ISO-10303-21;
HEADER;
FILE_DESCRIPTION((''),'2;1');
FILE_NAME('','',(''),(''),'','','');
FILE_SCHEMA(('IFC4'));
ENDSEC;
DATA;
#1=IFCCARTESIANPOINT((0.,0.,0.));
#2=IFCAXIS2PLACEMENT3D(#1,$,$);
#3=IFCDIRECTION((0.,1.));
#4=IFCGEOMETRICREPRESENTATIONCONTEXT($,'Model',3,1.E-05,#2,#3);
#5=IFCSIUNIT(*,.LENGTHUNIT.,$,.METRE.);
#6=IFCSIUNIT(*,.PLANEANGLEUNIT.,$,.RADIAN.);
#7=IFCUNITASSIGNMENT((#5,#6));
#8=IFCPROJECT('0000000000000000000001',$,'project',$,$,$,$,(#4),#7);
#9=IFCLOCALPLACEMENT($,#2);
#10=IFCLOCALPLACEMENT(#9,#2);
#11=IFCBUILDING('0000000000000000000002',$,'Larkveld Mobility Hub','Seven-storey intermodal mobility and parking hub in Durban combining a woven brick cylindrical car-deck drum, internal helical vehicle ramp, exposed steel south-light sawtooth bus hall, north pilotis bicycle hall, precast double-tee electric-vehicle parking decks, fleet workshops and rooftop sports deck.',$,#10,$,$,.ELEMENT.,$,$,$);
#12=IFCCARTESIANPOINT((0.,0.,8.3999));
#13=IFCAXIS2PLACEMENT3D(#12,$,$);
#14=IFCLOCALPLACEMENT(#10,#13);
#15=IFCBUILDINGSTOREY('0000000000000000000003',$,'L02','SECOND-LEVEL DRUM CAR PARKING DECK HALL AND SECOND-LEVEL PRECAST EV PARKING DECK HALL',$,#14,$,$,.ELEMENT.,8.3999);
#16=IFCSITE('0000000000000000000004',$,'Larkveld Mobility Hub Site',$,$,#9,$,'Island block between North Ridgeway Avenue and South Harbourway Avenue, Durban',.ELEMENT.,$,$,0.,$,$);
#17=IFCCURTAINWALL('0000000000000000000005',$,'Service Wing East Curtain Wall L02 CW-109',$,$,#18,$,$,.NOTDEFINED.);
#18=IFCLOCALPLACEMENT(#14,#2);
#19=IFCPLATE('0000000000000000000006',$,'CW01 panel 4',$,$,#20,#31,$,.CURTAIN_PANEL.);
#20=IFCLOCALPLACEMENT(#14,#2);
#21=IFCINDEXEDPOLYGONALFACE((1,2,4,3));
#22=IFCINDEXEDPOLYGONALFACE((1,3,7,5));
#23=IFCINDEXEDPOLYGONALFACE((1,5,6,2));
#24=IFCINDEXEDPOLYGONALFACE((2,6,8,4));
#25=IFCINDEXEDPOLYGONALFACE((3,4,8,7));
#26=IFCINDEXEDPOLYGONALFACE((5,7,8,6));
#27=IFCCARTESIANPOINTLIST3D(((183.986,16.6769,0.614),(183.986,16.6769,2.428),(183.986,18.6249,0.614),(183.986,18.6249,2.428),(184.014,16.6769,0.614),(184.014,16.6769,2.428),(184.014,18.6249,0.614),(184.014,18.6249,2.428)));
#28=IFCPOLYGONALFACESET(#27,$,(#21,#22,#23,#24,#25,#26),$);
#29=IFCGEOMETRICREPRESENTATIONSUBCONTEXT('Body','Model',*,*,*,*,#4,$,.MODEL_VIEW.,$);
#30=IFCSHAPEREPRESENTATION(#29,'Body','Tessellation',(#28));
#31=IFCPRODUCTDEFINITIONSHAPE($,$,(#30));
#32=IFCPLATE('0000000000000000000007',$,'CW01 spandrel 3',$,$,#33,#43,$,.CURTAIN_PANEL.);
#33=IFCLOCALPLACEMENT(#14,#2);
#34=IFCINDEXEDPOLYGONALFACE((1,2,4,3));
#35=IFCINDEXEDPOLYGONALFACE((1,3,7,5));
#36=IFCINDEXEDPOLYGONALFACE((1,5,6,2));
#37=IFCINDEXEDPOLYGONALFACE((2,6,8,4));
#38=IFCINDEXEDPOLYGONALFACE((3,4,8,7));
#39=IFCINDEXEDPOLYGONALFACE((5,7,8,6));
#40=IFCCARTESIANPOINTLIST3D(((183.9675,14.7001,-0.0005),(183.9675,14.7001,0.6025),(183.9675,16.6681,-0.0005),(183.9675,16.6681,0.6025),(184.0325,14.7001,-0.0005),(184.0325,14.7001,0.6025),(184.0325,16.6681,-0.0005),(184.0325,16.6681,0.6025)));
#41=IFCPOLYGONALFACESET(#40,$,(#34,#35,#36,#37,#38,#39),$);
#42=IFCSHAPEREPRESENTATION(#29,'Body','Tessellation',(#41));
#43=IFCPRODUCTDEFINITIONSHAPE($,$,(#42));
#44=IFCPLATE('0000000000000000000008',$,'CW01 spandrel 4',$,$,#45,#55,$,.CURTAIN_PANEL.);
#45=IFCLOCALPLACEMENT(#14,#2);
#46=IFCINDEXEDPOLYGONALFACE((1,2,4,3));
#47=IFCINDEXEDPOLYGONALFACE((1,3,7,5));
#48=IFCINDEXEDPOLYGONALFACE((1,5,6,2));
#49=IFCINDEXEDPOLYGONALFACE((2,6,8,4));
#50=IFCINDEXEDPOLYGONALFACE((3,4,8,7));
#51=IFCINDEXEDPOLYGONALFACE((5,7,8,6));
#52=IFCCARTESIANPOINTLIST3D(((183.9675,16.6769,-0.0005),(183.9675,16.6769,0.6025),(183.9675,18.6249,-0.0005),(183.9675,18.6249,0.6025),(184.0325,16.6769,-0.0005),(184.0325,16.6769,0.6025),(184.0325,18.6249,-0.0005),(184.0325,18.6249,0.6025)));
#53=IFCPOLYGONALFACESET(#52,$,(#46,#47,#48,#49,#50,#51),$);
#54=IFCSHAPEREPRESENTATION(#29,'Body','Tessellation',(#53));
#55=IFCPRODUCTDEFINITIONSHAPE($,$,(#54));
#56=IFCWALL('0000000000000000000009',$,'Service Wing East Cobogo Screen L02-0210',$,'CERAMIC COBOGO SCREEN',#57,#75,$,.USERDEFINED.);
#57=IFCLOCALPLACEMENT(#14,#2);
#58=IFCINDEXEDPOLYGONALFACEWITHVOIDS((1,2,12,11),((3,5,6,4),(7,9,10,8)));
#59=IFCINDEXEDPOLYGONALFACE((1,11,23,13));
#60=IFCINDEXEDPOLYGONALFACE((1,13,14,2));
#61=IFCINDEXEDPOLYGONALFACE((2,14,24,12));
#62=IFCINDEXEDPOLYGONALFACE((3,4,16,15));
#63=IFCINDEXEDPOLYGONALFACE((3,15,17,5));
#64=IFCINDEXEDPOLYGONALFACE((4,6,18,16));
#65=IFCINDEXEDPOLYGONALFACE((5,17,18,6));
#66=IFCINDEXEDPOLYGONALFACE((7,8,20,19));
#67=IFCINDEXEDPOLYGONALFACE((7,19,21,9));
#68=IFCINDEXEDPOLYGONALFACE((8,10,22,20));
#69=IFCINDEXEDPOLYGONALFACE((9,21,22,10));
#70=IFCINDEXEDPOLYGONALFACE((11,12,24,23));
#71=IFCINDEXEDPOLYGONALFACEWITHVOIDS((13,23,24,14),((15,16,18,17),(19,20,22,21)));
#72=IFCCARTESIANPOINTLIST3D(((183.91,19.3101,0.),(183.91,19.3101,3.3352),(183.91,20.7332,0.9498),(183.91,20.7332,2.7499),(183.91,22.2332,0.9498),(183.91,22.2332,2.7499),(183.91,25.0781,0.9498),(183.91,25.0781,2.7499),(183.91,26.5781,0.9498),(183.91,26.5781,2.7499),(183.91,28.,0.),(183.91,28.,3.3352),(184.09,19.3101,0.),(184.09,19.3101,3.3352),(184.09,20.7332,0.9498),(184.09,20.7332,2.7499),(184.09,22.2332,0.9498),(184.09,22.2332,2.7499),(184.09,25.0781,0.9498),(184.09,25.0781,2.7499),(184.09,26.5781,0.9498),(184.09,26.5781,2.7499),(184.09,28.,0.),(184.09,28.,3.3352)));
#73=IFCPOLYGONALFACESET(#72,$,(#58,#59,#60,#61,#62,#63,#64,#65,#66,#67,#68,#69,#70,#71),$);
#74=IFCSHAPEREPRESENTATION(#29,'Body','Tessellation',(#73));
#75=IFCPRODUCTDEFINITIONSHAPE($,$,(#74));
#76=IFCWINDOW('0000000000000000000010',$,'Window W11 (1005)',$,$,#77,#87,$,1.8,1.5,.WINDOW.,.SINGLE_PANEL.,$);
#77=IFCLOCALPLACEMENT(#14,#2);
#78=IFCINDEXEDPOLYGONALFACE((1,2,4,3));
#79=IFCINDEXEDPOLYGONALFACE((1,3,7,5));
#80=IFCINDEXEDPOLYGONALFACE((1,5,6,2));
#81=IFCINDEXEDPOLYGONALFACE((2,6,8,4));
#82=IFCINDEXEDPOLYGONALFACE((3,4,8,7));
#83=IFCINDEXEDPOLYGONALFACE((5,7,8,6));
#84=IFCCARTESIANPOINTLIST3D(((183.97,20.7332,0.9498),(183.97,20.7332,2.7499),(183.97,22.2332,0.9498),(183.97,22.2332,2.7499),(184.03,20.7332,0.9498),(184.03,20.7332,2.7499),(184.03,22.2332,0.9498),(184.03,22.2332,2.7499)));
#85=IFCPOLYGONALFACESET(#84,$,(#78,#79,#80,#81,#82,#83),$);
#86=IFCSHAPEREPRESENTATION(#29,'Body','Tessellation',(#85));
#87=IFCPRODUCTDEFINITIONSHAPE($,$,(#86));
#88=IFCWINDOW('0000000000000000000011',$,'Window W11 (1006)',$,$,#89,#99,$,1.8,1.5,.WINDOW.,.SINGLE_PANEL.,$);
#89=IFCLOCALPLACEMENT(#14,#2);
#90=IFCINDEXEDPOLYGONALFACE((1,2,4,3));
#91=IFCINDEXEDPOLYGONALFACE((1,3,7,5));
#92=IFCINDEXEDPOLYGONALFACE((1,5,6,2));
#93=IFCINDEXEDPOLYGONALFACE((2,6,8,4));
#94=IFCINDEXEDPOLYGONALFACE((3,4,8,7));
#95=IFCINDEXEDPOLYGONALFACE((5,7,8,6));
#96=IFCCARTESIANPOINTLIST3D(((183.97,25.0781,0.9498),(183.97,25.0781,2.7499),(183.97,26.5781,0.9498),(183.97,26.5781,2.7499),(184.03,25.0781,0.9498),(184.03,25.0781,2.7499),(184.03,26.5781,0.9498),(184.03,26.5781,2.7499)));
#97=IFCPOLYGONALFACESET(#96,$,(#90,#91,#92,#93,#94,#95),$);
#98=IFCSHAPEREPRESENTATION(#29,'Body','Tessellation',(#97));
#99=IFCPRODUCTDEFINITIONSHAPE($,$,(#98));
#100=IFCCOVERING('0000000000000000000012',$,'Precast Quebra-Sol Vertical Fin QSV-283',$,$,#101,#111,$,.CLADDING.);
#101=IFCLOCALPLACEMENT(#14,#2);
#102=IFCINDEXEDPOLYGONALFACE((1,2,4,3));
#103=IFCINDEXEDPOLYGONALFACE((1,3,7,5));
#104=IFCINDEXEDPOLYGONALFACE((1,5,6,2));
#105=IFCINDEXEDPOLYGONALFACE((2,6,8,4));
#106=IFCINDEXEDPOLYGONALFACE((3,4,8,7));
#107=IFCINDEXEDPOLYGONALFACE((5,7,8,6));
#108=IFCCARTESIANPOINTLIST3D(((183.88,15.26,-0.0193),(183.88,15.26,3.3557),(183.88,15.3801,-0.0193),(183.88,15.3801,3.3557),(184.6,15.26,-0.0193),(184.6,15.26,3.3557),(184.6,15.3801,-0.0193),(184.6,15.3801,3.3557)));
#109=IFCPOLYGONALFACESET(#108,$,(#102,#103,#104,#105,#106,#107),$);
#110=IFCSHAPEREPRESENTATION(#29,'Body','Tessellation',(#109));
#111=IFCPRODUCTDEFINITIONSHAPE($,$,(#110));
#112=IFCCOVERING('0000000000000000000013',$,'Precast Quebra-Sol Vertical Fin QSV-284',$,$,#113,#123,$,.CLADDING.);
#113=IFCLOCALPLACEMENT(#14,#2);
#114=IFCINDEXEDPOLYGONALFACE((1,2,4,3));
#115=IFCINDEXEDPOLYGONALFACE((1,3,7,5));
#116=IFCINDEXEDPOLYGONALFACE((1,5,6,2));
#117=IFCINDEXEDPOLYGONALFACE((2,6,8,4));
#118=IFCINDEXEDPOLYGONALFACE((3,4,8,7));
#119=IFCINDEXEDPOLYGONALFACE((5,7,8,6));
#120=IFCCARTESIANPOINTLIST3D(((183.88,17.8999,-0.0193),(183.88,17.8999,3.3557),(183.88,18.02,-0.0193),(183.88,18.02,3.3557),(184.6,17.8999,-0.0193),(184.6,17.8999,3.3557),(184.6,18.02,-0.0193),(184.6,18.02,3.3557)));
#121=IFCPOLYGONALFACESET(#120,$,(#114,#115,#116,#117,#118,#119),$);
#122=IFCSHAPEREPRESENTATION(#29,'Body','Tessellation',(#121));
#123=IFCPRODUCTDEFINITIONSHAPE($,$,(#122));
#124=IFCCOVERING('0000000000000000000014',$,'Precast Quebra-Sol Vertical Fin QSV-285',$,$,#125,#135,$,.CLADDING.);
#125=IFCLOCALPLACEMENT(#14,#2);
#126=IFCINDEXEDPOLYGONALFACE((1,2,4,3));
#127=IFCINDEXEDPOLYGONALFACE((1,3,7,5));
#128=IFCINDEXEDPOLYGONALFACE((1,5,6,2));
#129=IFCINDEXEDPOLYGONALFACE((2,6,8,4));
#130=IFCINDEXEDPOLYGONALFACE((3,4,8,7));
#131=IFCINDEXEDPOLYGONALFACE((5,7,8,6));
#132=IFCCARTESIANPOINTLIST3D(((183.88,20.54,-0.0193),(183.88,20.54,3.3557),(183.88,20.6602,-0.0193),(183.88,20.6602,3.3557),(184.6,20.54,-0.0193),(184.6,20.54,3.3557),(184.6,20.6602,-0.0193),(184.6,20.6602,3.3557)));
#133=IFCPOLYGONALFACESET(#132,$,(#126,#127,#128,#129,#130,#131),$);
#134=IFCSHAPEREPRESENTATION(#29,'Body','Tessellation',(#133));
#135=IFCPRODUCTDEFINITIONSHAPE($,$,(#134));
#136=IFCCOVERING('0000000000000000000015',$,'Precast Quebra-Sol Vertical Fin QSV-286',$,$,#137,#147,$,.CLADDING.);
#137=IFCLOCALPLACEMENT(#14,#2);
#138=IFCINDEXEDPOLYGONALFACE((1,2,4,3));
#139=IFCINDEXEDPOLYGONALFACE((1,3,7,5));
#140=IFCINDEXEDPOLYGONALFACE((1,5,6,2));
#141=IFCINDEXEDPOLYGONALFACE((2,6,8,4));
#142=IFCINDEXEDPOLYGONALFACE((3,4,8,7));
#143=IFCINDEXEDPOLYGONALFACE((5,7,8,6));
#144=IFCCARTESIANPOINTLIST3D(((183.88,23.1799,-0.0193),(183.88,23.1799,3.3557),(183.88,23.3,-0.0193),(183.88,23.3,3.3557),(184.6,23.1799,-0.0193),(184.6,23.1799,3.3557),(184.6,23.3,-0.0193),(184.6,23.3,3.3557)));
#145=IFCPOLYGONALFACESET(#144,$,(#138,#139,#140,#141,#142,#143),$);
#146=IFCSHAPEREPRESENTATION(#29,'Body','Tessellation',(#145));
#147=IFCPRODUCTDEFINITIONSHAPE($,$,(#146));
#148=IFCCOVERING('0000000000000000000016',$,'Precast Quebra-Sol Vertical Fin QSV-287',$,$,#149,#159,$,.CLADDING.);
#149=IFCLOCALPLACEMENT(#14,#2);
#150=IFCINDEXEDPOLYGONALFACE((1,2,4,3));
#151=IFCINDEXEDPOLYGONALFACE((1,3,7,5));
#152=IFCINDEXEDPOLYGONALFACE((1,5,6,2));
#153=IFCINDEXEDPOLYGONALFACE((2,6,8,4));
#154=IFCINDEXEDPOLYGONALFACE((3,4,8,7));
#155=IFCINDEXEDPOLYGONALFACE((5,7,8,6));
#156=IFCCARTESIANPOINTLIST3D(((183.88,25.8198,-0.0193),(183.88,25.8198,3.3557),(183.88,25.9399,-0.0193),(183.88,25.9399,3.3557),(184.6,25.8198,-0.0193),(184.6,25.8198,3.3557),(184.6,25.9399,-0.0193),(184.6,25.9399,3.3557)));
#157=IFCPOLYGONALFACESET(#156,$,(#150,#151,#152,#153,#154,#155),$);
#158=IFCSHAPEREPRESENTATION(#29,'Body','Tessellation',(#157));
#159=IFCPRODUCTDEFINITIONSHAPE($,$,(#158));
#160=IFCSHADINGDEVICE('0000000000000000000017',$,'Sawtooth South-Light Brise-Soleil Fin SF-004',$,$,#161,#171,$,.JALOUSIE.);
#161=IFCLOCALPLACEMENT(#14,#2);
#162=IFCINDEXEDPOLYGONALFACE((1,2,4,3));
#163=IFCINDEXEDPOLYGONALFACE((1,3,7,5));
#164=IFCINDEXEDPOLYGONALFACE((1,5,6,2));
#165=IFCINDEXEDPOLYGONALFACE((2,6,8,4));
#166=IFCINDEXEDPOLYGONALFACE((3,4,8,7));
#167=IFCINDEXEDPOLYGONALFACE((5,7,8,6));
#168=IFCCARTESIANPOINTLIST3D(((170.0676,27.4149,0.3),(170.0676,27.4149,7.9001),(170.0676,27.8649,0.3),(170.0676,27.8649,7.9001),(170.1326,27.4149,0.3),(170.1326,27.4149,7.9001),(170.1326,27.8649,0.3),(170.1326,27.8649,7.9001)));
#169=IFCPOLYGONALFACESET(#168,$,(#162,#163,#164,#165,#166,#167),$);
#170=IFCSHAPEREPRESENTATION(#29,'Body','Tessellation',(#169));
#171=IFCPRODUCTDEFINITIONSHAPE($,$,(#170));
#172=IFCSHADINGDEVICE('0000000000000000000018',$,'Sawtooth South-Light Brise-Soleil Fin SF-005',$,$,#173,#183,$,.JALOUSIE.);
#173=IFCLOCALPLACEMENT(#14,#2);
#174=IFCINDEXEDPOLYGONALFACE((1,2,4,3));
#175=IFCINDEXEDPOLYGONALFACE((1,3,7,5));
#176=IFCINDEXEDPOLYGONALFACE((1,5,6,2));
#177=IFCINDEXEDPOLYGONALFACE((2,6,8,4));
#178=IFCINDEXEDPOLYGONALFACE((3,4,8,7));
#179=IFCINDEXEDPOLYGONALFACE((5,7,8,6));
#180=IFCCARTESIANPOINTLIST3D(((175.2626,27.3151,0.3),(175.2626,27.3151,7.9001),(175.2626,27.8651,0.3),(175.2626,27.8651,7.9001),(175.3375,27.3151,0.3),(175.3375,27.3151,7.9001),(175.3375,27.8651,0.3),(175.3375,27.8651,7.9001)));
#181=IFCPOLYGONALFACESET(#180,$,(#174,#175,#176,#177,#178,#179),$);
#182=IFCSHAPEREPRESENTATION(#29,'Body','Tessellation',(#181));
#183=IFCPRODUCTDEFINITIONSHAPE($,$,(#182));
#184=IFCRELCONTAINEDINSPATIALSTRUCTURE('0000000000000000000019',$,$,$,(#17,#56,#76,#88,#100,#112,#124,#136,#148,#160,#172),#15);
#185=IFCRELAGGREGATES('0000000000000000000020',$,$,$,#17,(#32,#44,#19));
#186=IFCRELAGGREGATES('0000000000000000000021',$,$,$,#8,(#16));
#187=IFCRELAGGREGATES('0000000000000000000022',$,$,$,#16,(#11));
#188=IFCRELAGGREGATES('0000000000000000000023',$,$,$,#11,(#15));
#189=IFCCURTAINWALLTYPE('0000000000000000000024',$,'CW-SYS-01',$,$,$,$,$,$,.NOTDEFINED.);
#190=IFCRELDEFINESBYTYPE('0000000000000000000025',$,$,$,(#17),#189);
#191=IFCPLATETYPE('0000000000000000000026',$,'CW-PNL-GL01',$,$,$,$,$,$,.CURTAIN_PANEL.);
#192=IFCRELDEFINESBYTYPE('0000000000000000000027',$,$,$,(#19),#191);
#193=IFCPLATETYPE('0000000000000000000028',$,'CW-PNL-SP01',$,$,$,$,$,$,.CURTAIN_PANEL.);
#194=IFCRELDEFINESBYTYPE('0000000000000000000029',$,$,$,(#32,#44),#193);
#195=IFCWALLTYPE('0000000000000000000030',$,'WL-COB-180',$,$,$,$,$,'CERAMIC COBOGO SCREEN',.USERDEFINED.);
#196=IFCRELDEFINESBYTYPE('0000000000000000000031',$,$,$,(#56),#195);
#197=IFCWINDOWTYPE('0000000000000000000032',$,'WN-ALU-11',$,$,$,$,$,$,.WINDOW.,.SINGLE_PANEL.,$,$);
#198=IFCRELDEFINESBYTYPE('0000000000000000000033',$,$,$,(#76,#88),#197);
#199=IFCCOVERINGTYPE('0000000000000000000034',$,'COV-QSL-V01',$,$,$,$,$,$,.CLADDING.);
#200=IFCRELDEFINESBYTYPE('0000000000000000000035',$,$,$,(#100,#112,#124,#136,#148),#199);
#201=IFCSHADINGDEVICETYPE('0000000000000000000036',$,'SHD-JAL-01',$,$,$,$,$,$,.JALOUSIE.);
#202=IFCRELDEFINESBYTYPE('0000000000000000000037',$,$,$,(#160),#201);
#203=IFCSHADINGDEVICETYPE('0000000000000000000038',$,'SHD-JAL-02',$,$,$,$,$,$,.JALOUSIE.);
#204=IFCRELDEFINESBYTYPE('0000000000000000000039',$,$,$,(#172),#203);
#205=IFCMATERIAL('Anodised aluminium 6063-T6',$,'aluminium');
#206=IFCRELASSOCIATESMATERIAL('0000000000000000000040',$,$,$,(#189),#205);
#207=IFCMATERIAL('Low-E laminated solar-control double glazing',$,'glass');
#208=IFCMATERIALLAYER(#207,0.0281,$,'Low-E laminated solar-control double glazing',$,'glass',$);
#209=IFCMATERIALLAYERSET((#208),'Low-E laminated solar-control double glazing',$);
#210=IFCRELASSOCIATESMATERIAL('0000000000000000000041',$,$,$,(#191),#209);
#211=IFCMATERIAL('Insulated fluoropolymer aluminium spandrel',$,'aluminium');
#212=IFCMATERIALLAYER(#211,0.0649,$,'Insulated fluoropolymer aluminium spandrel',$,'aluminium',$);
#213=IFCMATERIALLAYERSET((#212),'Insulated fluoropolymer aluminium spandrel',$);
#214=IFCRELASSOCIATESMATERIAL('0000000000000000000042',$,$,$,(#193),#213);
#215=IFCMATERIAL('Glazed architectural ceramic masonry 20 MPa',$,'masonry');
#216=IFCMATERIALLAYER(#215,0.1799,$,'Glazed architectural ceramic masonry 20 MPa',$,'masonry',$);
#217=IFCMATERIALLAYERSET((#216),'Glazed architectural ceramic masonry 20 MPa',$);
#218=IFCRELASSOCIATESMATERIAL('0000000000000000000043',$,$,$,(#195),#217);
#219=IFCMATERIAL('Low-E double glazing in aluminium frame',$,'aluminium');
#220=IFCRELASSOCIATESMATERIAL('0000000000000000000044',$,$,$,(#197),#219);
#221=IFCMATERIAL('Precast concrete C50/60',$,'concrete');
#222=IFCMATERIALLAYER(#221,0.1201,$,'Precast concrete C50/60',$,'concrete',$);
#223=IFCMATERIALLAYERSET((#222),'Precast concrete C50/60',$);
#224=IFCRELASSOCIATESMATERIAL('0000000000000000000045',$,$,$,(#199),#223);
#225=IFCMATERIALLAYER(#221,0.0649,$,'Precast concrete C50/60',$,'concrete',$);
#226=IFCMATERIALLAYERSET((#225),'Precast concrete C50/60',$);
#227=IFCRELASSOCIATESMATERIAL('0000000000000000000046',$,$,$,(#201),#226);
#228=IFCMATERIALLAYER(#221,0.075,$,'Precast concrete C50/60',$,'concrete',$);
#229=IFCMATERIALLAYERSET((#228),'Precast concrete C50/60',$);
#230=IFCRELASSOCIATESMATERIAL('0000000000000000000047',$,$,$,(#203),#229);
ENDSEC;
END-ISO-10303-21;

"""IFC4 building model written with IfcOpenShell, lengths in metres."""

from ifc_helpers import new_model, si_unit, direction, frame, frame_2d, origin, origin_2d, place, context, subcontext, project, spatial, rectangle, extrude, material, layer, layer_set, type_object, element, fill, aggregate, save


model = new_model("IFC4")

# Units and contexts
model_context = context("Model", 3, precision=1e-05, world=origin(), true_north=direction((0.0, 1.0)))
body_context = subcontext(model_context, "Body", "Model", "MODEL_VIEW")
ifc_project = project(units=[si_unit("LENGTHUNIT", "METRE"), si_unit("PLANEANGLEUNIT", "RADIAN")], contexts=[model_context])

# Site, building, storey
site_placement = place(None, origin())
site = spatial("IfcSite", under=ifc_project, at=site_placement, Name="Larkveld Mobility Hub Site", LongName="Island block between North Ridgeway Avenue and South Harbourway Avenue, Durban", CompositionType="ELEMENT", RefElevation=0.0)
building_placement = place(site_placement, origin())
building = spatial("IfcBuilding", under=site, at=building_placement, Name="Larkveld Mobility Hub", Description="Seven-storey intermodal mobility and parking hub in Durban combining a woven brick cylindrical car-deck drum, internal helical vehicle ramp, exposed steel south-light sawtooth bus hall, north pilotis bicycle hall, precast double-tee electric-vehicle parking decks, fleet workshops and rooftop sports deck.", CompositionType="ELEMENT")
storey_placement = place(building_placement, frame((0.0, 0.0, 8.3999)))
storey = spatial("IfcBuildingStorey", under=building, at=storey_placement, Name="L02", Description="SECOND-LEVEL DRUM CAR PARKING DECK HALL AND SECOND-LEVEL PRECAST EV PARKING DECK HALL", CompositionType="ELEMENT", Elevation=8.3999)

# Shared definitions
ifc_material_1 = material(Name="Precast concrete C50/60", Category="concrete")

# Curtain wall
ifc_material_2 = material(Name="Anodised aluminium 6063-T6", Category="aluminium")
curtain_wall_type_1 = type_object("IfcCurtainWallType", Name="CW-SYS-01", PredefinedType="NOTDEFINED", material=ifc_material_2)
curtain_wall_1_placement = place(storey_placement, origin())
curtain_wall_1 = element("IfcCurtainWall", 1, at=curtain_wall_1_placement, inside=storey, type_object=curtain_wall_type_1, Name="Service Wing East Curtain Wall L02 CW-109", PredefinedType="NOTDEFINED")

# Plates
ifc_material_3 = material(Name="Low-E laminated solar-control double glazing", Category="glass")
ifc_layer_1 = layer(ifc_material_3, 0.0281, Name="Low-E laminated solar-control double glazing", Category="glass")
ifc_layer_set_1 = layer_set([ifc_layer_1], Name="Low-E laminated solar-control double glazing")
plate_type_1 = type_object("IfcPlateType", Name="CW-PNL-GL01", PredefinedType="CURTAIN_PANEL", material=ifc_layer_set_1)
plate_1_placement = place(storey_placement, frame((184.0, 17.6509, 0.614), z_axis=(0.0, 0.0, 1.0), x_axis=(0.0, 1.0, 0.0)))
plate_1 = element("IfcPlate", 2, at=plate_1_placement, type_object=plate_type_1, Name="CW01 panel 4", PredefinedType="CURTAIN_PANEL", context=body_context, shape_type="SweptSolid", body=[
    extrude(rectangle(XDim=1.948, YDim=0.0281, at=origin_2d()), origin(), (0.0, 0.0, 1.0), 1.814),
])
ifc_material_4 = material(Name="Insulated fluoropolymer aluminium spandrel", Category="aluminium")
ifc_layer_2 = layer(ifc_material_4, 0.0649, Name="Insulated fluoropolymer aluminium spandrel", Category="aluminium")
ifc_layer_set_2 = layer_set([ifc_layer_2], Name="Insulated fluoropolymer aluminium spandrel")
plate_type_2 = type_object("IfcPlateType", Name="CW-PNL-SP01", PredefinedType="CURTAIN_PANEL", material=ifc_layer_set_2)
plate_2_placement = place(storey_placement, frame((184.0, 15.6841, -0.0005), z_axis=(0.0, 0.0, 1.0), x_axis=(0.0, 1.0, 0.0)))
plate_2 = element("IfcPlate", 3, at=plate_2_placement, type_object=plate_type_2, Name="CW01 spandrel 3", PredefinedType="CURTAIN_PANEL", context=body_context, shape_type="SweptSolid", body=[
    extrude(rectangle(XDim=1.968, YDim=0.0649, at=origin_2d()), origin(), (0.0, 0.0, 1.0), 0.603),
])
plate_3_placement = place(storey_placement, frame((184.0, 17.6509, -0.0005), z_axis=(0.0, 0.0, 1.0), x_axis=(0.0, 1.0, 0.0)))
plate_3 = element("IfcPlate", 4, at=plate_3_placement, type_object=plate_type_2, Name="CW01 spandrel 4", PredefinedType="CURTAIN_PANEL", context=body_context, shape_type="SweptSolid", body=[
    extrude(rectangle(XDim=1.948, YDim=0.0649, at=origin_2d()), origin(), (0.0, 0.0, 1.0), 0.603),
])
aggregate(curtain_wall_1, [plate_2, plate_3, plate_1])

# Wall, openings, windows
ifc_material_5 = material(Name="Glazed architectural ceramic masonry 20 MPa", Category="masonry")
ifc_layer_3 = layer(ifc_material_5, 0.1799, Name="Glazed architectural ceramic masonry 20 MPa", Category="masonry")
ifc_layer_set_3 = layer_set([ifc_layer_3], Name="Glazed architectural ceramic masonry 20 MPa")
wall_type = type_object("IfcWallType", Name="WL-COB-180", ElementType="CERAMIC COBOGO SCREEN", PredefinedType="USERDEFINED", material=ifc_layer_set_3)
wall_placement = place(storey_placement, frame((184.0, 19.3101, 0.0), z_axis=(0.0, 0.0, 1.0), x_axis=(0.0, 1.0, 0.0)))
wall = element("IfcWall", 5, at=wall_placement, inside=storey, type_object=wall_type, Name="Service Wing East Cobogo Screen L02-0210", ObjectType="CERAMIC COBOGO SCREEN", PredefinedType="USERDEFINED", context=body_context, shape_type="SweptSolid", body=[
    extrude(rectangle(XDim=8.6899, YDim=0.1799, at=frame_2d((4.345, 0.0))), origin(), (0.0, 0.0, 1.0), 3.3352),
])
opening_1_placement = place(wall_placement, frame((1.4231, 0.0, 0.95)))
opening_1 = element("IfcOpeningElement", 6, at=opening_1_placement, cuts=wall, PredefinedType="OPENING", context=body_context, shape_type="SweptSolid", body=[
    extrude(rectangle(XDim=1.5, YDim=1.8, at=frame_2d((0.75, 0.8999))), frame((0.0, 0.1001, 0.0), z_axis=(0.0, -1.0, 0.0), x_axis=(1.0, 0.0, 0.0)), (0.0, 0.0, 1.0), 0.2),
])
opening_2_placement = place(wall_placement, frame((5.7681, 0.0, 0.95)))
opening_2 = element("IfcOpeningElement", 7, at=opening_2_placement, cuts=wall, PredefinedType="OPENING", context=body_context, shape_type="SweptSolid", body=[
    extrude(rectangle(XDim=1.5, YDim=1.8, at=frame_2d((0.75, 0.8999))), frame((0.0, 0.1001, 0.0), z_axis=(0.0, -1.0, 0.0), x_axis=(1.0, 0.0, 0.0)), (0.0, 0.0, 1.0), 0.2),
])
ifc_material_6 = material(Name="Low-E double glazing in aluminium frame", Category="aluminium")
window_type = type_object("IfcWindowType", Name="WN-ALU-11", PartitioningType="SINGLE_PANEL", PredefinedType="WINDOW", material=ifc_material_6)
window_1_placement = place(opening_1_placement, origin())
window_1 = element("IfcWindow", 8, at=window_1_placement, inside=storey, type_object=window_type, Name="Window W11 (1005)", OverallHeight=1.8, OverallWidth=1.5, PartitioningType="SINGLE_PANEL", PredefinedType="WINDOW", context=body_context, shape_type="SweptSolid", body=[
    extrude(rectangle(XDim=1.5, YDim=1.8, at=frame_2d((0.75, 0.8999))), frame((0.0, 0.03, 0.0), z_axis=(0.0, -1.0, 0.0), x_axis=(1.0, 0.0, 0.0)), (0.0, 0.0, 1.0), 0.0601),
])
fill(opening_1, window_1)
window_2_placement = place(opening_2_placement, origin())
window_2 = element("IfcWindow", 9, at=window_2_placement, inside=storey, type_object=window_type, Name="Window W11 (1006)", OverallHeight=1.8, OverallWidth=1.5, PartitioningType="SINGLE_PANEL", PredefinedType="WINDOW", context=body_context, shape_type="SweptSolid", body=[
    extrude(rectangle(XDim=1.5, YDim=1.8, at=frame_2d((0.75, 0.8999))), frame((0.0, 0.03, 0.0), z_axis=(0.0, -1.0, 0.0), x_axis=(1.0, 0.0, 0.0)), (0.0, 0.0, 1.0), 0.0601),
])
fill(opening_2, window_2)

# Coverings
ifc_layer_4 = layer(ifc_material_1, 0.1201, Name="Precast concrete C50/60", Category="concrete")
ifc_layer_set_4 = layer_set([ifc_layer_4], Name="Precast concrete C50/60")
covering_type = type_object("IfcCoveringType", Name="COV-QSL-V01", PredefinedType="CLADDING", material=ifc_layer_set_4)
for number, where, z_axis, x_axis, name in (
    (10, (184.24, 15.3201, -0.0193), (0.0, 0.0, 1.0), (0.0, 1.0, 0.0), "Precast Quebra-Sol Vertical Fin QSV-283"),
    (11, (184.24, 17.96, -0.0193), (0.0, 0.0, 1.0), (0.0, 1.0, 0.0), "Precast Quebra-Sol Vertical Fin QSV-284"),
    (12, (184.24, 20.6001, -0.0193), (0.0, 0.0, 1.0), (0.0, 1.0, 0.0), "Precast Quebra-Sol Vertical Fin QSV-285"),
    (13, (184.24, 23.24, -0.0193), (0.0, 0.0, 1.0), (0.0, 1.0, 0.0), "Precast Quebra-Sol Vertical Fin QSV-286"),
    (14, (184.24, 25.8799, -0.0193), (0.0, 0.0, 1.0), (0.0, 1.0, 0.0), "Precast Quebra-Sol Vertical Fin QSV-287"),
):
    element("IfcCovering", number, at=place(storey_placement, frame(where, z_axis=z_axis, x_axis=x_axis)), inside=storey, type_object=covering_type, Name=name, PredefinedType="CLADDING", context=body_context, shape_type="SweptSolid", body=[
        extrude(rectangle(XDim=0.1201, YDim=0.72, at=origin_2d()), origin(), (0.0, 0.0, 1.0), 3.375),
    ])

# Shading devices
ifc_layer_5 = layer(ifc_material_1, 0.0649, Name="Precast concrete C50/60", Category="concrete")
ifc_layer_set_5 = layer_set([ifc_layer_5], Name="Precast concrete C50/60")
shading_device_type_1 = type_object("IfcShadingDeviceType", Name="SHD-JAL-01", PredefinedType="JALOUSIE", material=ifc_layer_set_5)
shading_device_1_placement = place(storey_placement, frame((170.1001, 27.6399, 0.3), z_axis=(0.0, 0.0, 1.0), x_axis=(1.0, 0.0, 0.0)))
element("IfcShadingDevice", 15, at=shading_device_1_placement, inside=storey, type_object=shading_device_type_1, Name="Sawtooth South-Light Brise-Soleil Fin SF-004", PredefinedType="JALOUSIE", context=body_context, shape_type="SweptSolid", body=[
    extrude(rectangle(XDim=0.0649, YDim=0.45, at=origin_2d()), origin(), (0.0, 0.0, 1.0), 7.6001),
])
ifc_layer_6 = layer(ifc_material_1, 0.075, Name="Precast concrete C50/60", Category="concrete")
ifc_layer_set_6 = layer_set([ifc_layer_6], Name="Precast concrete C50/60")
shading_device_type_2 = type_object("IfcShadingDeviceType", Name="SHD-JAL-02", PredefinedType="JALOUSIE", material=ifc_layer_set_6)
shading_device_2_placement = place(storey_placement, frame((175.3, 27.5901, 0.3), z_axis=(0.0, 0.0, 1.0), x_axis=(1.0, 0.0, 0.0)))
element("IfcShadingDevice", 16, at=shading_device_2_placement, inside=storey, type_object=shading_device_type_2, Name="Sawtooth South-Light Brise-Soleil Fin SF-005", PredefinedType="JALOUSIE", context=body_context, shape_type="SweptSolid", body=[
    extrude(rectangle(XDim=0.075, YDim=0.55, at=origin_2d()), origin(), (0.0, 0.0, 1.0), 7.6001),
])

save(model, "model.ifc")
